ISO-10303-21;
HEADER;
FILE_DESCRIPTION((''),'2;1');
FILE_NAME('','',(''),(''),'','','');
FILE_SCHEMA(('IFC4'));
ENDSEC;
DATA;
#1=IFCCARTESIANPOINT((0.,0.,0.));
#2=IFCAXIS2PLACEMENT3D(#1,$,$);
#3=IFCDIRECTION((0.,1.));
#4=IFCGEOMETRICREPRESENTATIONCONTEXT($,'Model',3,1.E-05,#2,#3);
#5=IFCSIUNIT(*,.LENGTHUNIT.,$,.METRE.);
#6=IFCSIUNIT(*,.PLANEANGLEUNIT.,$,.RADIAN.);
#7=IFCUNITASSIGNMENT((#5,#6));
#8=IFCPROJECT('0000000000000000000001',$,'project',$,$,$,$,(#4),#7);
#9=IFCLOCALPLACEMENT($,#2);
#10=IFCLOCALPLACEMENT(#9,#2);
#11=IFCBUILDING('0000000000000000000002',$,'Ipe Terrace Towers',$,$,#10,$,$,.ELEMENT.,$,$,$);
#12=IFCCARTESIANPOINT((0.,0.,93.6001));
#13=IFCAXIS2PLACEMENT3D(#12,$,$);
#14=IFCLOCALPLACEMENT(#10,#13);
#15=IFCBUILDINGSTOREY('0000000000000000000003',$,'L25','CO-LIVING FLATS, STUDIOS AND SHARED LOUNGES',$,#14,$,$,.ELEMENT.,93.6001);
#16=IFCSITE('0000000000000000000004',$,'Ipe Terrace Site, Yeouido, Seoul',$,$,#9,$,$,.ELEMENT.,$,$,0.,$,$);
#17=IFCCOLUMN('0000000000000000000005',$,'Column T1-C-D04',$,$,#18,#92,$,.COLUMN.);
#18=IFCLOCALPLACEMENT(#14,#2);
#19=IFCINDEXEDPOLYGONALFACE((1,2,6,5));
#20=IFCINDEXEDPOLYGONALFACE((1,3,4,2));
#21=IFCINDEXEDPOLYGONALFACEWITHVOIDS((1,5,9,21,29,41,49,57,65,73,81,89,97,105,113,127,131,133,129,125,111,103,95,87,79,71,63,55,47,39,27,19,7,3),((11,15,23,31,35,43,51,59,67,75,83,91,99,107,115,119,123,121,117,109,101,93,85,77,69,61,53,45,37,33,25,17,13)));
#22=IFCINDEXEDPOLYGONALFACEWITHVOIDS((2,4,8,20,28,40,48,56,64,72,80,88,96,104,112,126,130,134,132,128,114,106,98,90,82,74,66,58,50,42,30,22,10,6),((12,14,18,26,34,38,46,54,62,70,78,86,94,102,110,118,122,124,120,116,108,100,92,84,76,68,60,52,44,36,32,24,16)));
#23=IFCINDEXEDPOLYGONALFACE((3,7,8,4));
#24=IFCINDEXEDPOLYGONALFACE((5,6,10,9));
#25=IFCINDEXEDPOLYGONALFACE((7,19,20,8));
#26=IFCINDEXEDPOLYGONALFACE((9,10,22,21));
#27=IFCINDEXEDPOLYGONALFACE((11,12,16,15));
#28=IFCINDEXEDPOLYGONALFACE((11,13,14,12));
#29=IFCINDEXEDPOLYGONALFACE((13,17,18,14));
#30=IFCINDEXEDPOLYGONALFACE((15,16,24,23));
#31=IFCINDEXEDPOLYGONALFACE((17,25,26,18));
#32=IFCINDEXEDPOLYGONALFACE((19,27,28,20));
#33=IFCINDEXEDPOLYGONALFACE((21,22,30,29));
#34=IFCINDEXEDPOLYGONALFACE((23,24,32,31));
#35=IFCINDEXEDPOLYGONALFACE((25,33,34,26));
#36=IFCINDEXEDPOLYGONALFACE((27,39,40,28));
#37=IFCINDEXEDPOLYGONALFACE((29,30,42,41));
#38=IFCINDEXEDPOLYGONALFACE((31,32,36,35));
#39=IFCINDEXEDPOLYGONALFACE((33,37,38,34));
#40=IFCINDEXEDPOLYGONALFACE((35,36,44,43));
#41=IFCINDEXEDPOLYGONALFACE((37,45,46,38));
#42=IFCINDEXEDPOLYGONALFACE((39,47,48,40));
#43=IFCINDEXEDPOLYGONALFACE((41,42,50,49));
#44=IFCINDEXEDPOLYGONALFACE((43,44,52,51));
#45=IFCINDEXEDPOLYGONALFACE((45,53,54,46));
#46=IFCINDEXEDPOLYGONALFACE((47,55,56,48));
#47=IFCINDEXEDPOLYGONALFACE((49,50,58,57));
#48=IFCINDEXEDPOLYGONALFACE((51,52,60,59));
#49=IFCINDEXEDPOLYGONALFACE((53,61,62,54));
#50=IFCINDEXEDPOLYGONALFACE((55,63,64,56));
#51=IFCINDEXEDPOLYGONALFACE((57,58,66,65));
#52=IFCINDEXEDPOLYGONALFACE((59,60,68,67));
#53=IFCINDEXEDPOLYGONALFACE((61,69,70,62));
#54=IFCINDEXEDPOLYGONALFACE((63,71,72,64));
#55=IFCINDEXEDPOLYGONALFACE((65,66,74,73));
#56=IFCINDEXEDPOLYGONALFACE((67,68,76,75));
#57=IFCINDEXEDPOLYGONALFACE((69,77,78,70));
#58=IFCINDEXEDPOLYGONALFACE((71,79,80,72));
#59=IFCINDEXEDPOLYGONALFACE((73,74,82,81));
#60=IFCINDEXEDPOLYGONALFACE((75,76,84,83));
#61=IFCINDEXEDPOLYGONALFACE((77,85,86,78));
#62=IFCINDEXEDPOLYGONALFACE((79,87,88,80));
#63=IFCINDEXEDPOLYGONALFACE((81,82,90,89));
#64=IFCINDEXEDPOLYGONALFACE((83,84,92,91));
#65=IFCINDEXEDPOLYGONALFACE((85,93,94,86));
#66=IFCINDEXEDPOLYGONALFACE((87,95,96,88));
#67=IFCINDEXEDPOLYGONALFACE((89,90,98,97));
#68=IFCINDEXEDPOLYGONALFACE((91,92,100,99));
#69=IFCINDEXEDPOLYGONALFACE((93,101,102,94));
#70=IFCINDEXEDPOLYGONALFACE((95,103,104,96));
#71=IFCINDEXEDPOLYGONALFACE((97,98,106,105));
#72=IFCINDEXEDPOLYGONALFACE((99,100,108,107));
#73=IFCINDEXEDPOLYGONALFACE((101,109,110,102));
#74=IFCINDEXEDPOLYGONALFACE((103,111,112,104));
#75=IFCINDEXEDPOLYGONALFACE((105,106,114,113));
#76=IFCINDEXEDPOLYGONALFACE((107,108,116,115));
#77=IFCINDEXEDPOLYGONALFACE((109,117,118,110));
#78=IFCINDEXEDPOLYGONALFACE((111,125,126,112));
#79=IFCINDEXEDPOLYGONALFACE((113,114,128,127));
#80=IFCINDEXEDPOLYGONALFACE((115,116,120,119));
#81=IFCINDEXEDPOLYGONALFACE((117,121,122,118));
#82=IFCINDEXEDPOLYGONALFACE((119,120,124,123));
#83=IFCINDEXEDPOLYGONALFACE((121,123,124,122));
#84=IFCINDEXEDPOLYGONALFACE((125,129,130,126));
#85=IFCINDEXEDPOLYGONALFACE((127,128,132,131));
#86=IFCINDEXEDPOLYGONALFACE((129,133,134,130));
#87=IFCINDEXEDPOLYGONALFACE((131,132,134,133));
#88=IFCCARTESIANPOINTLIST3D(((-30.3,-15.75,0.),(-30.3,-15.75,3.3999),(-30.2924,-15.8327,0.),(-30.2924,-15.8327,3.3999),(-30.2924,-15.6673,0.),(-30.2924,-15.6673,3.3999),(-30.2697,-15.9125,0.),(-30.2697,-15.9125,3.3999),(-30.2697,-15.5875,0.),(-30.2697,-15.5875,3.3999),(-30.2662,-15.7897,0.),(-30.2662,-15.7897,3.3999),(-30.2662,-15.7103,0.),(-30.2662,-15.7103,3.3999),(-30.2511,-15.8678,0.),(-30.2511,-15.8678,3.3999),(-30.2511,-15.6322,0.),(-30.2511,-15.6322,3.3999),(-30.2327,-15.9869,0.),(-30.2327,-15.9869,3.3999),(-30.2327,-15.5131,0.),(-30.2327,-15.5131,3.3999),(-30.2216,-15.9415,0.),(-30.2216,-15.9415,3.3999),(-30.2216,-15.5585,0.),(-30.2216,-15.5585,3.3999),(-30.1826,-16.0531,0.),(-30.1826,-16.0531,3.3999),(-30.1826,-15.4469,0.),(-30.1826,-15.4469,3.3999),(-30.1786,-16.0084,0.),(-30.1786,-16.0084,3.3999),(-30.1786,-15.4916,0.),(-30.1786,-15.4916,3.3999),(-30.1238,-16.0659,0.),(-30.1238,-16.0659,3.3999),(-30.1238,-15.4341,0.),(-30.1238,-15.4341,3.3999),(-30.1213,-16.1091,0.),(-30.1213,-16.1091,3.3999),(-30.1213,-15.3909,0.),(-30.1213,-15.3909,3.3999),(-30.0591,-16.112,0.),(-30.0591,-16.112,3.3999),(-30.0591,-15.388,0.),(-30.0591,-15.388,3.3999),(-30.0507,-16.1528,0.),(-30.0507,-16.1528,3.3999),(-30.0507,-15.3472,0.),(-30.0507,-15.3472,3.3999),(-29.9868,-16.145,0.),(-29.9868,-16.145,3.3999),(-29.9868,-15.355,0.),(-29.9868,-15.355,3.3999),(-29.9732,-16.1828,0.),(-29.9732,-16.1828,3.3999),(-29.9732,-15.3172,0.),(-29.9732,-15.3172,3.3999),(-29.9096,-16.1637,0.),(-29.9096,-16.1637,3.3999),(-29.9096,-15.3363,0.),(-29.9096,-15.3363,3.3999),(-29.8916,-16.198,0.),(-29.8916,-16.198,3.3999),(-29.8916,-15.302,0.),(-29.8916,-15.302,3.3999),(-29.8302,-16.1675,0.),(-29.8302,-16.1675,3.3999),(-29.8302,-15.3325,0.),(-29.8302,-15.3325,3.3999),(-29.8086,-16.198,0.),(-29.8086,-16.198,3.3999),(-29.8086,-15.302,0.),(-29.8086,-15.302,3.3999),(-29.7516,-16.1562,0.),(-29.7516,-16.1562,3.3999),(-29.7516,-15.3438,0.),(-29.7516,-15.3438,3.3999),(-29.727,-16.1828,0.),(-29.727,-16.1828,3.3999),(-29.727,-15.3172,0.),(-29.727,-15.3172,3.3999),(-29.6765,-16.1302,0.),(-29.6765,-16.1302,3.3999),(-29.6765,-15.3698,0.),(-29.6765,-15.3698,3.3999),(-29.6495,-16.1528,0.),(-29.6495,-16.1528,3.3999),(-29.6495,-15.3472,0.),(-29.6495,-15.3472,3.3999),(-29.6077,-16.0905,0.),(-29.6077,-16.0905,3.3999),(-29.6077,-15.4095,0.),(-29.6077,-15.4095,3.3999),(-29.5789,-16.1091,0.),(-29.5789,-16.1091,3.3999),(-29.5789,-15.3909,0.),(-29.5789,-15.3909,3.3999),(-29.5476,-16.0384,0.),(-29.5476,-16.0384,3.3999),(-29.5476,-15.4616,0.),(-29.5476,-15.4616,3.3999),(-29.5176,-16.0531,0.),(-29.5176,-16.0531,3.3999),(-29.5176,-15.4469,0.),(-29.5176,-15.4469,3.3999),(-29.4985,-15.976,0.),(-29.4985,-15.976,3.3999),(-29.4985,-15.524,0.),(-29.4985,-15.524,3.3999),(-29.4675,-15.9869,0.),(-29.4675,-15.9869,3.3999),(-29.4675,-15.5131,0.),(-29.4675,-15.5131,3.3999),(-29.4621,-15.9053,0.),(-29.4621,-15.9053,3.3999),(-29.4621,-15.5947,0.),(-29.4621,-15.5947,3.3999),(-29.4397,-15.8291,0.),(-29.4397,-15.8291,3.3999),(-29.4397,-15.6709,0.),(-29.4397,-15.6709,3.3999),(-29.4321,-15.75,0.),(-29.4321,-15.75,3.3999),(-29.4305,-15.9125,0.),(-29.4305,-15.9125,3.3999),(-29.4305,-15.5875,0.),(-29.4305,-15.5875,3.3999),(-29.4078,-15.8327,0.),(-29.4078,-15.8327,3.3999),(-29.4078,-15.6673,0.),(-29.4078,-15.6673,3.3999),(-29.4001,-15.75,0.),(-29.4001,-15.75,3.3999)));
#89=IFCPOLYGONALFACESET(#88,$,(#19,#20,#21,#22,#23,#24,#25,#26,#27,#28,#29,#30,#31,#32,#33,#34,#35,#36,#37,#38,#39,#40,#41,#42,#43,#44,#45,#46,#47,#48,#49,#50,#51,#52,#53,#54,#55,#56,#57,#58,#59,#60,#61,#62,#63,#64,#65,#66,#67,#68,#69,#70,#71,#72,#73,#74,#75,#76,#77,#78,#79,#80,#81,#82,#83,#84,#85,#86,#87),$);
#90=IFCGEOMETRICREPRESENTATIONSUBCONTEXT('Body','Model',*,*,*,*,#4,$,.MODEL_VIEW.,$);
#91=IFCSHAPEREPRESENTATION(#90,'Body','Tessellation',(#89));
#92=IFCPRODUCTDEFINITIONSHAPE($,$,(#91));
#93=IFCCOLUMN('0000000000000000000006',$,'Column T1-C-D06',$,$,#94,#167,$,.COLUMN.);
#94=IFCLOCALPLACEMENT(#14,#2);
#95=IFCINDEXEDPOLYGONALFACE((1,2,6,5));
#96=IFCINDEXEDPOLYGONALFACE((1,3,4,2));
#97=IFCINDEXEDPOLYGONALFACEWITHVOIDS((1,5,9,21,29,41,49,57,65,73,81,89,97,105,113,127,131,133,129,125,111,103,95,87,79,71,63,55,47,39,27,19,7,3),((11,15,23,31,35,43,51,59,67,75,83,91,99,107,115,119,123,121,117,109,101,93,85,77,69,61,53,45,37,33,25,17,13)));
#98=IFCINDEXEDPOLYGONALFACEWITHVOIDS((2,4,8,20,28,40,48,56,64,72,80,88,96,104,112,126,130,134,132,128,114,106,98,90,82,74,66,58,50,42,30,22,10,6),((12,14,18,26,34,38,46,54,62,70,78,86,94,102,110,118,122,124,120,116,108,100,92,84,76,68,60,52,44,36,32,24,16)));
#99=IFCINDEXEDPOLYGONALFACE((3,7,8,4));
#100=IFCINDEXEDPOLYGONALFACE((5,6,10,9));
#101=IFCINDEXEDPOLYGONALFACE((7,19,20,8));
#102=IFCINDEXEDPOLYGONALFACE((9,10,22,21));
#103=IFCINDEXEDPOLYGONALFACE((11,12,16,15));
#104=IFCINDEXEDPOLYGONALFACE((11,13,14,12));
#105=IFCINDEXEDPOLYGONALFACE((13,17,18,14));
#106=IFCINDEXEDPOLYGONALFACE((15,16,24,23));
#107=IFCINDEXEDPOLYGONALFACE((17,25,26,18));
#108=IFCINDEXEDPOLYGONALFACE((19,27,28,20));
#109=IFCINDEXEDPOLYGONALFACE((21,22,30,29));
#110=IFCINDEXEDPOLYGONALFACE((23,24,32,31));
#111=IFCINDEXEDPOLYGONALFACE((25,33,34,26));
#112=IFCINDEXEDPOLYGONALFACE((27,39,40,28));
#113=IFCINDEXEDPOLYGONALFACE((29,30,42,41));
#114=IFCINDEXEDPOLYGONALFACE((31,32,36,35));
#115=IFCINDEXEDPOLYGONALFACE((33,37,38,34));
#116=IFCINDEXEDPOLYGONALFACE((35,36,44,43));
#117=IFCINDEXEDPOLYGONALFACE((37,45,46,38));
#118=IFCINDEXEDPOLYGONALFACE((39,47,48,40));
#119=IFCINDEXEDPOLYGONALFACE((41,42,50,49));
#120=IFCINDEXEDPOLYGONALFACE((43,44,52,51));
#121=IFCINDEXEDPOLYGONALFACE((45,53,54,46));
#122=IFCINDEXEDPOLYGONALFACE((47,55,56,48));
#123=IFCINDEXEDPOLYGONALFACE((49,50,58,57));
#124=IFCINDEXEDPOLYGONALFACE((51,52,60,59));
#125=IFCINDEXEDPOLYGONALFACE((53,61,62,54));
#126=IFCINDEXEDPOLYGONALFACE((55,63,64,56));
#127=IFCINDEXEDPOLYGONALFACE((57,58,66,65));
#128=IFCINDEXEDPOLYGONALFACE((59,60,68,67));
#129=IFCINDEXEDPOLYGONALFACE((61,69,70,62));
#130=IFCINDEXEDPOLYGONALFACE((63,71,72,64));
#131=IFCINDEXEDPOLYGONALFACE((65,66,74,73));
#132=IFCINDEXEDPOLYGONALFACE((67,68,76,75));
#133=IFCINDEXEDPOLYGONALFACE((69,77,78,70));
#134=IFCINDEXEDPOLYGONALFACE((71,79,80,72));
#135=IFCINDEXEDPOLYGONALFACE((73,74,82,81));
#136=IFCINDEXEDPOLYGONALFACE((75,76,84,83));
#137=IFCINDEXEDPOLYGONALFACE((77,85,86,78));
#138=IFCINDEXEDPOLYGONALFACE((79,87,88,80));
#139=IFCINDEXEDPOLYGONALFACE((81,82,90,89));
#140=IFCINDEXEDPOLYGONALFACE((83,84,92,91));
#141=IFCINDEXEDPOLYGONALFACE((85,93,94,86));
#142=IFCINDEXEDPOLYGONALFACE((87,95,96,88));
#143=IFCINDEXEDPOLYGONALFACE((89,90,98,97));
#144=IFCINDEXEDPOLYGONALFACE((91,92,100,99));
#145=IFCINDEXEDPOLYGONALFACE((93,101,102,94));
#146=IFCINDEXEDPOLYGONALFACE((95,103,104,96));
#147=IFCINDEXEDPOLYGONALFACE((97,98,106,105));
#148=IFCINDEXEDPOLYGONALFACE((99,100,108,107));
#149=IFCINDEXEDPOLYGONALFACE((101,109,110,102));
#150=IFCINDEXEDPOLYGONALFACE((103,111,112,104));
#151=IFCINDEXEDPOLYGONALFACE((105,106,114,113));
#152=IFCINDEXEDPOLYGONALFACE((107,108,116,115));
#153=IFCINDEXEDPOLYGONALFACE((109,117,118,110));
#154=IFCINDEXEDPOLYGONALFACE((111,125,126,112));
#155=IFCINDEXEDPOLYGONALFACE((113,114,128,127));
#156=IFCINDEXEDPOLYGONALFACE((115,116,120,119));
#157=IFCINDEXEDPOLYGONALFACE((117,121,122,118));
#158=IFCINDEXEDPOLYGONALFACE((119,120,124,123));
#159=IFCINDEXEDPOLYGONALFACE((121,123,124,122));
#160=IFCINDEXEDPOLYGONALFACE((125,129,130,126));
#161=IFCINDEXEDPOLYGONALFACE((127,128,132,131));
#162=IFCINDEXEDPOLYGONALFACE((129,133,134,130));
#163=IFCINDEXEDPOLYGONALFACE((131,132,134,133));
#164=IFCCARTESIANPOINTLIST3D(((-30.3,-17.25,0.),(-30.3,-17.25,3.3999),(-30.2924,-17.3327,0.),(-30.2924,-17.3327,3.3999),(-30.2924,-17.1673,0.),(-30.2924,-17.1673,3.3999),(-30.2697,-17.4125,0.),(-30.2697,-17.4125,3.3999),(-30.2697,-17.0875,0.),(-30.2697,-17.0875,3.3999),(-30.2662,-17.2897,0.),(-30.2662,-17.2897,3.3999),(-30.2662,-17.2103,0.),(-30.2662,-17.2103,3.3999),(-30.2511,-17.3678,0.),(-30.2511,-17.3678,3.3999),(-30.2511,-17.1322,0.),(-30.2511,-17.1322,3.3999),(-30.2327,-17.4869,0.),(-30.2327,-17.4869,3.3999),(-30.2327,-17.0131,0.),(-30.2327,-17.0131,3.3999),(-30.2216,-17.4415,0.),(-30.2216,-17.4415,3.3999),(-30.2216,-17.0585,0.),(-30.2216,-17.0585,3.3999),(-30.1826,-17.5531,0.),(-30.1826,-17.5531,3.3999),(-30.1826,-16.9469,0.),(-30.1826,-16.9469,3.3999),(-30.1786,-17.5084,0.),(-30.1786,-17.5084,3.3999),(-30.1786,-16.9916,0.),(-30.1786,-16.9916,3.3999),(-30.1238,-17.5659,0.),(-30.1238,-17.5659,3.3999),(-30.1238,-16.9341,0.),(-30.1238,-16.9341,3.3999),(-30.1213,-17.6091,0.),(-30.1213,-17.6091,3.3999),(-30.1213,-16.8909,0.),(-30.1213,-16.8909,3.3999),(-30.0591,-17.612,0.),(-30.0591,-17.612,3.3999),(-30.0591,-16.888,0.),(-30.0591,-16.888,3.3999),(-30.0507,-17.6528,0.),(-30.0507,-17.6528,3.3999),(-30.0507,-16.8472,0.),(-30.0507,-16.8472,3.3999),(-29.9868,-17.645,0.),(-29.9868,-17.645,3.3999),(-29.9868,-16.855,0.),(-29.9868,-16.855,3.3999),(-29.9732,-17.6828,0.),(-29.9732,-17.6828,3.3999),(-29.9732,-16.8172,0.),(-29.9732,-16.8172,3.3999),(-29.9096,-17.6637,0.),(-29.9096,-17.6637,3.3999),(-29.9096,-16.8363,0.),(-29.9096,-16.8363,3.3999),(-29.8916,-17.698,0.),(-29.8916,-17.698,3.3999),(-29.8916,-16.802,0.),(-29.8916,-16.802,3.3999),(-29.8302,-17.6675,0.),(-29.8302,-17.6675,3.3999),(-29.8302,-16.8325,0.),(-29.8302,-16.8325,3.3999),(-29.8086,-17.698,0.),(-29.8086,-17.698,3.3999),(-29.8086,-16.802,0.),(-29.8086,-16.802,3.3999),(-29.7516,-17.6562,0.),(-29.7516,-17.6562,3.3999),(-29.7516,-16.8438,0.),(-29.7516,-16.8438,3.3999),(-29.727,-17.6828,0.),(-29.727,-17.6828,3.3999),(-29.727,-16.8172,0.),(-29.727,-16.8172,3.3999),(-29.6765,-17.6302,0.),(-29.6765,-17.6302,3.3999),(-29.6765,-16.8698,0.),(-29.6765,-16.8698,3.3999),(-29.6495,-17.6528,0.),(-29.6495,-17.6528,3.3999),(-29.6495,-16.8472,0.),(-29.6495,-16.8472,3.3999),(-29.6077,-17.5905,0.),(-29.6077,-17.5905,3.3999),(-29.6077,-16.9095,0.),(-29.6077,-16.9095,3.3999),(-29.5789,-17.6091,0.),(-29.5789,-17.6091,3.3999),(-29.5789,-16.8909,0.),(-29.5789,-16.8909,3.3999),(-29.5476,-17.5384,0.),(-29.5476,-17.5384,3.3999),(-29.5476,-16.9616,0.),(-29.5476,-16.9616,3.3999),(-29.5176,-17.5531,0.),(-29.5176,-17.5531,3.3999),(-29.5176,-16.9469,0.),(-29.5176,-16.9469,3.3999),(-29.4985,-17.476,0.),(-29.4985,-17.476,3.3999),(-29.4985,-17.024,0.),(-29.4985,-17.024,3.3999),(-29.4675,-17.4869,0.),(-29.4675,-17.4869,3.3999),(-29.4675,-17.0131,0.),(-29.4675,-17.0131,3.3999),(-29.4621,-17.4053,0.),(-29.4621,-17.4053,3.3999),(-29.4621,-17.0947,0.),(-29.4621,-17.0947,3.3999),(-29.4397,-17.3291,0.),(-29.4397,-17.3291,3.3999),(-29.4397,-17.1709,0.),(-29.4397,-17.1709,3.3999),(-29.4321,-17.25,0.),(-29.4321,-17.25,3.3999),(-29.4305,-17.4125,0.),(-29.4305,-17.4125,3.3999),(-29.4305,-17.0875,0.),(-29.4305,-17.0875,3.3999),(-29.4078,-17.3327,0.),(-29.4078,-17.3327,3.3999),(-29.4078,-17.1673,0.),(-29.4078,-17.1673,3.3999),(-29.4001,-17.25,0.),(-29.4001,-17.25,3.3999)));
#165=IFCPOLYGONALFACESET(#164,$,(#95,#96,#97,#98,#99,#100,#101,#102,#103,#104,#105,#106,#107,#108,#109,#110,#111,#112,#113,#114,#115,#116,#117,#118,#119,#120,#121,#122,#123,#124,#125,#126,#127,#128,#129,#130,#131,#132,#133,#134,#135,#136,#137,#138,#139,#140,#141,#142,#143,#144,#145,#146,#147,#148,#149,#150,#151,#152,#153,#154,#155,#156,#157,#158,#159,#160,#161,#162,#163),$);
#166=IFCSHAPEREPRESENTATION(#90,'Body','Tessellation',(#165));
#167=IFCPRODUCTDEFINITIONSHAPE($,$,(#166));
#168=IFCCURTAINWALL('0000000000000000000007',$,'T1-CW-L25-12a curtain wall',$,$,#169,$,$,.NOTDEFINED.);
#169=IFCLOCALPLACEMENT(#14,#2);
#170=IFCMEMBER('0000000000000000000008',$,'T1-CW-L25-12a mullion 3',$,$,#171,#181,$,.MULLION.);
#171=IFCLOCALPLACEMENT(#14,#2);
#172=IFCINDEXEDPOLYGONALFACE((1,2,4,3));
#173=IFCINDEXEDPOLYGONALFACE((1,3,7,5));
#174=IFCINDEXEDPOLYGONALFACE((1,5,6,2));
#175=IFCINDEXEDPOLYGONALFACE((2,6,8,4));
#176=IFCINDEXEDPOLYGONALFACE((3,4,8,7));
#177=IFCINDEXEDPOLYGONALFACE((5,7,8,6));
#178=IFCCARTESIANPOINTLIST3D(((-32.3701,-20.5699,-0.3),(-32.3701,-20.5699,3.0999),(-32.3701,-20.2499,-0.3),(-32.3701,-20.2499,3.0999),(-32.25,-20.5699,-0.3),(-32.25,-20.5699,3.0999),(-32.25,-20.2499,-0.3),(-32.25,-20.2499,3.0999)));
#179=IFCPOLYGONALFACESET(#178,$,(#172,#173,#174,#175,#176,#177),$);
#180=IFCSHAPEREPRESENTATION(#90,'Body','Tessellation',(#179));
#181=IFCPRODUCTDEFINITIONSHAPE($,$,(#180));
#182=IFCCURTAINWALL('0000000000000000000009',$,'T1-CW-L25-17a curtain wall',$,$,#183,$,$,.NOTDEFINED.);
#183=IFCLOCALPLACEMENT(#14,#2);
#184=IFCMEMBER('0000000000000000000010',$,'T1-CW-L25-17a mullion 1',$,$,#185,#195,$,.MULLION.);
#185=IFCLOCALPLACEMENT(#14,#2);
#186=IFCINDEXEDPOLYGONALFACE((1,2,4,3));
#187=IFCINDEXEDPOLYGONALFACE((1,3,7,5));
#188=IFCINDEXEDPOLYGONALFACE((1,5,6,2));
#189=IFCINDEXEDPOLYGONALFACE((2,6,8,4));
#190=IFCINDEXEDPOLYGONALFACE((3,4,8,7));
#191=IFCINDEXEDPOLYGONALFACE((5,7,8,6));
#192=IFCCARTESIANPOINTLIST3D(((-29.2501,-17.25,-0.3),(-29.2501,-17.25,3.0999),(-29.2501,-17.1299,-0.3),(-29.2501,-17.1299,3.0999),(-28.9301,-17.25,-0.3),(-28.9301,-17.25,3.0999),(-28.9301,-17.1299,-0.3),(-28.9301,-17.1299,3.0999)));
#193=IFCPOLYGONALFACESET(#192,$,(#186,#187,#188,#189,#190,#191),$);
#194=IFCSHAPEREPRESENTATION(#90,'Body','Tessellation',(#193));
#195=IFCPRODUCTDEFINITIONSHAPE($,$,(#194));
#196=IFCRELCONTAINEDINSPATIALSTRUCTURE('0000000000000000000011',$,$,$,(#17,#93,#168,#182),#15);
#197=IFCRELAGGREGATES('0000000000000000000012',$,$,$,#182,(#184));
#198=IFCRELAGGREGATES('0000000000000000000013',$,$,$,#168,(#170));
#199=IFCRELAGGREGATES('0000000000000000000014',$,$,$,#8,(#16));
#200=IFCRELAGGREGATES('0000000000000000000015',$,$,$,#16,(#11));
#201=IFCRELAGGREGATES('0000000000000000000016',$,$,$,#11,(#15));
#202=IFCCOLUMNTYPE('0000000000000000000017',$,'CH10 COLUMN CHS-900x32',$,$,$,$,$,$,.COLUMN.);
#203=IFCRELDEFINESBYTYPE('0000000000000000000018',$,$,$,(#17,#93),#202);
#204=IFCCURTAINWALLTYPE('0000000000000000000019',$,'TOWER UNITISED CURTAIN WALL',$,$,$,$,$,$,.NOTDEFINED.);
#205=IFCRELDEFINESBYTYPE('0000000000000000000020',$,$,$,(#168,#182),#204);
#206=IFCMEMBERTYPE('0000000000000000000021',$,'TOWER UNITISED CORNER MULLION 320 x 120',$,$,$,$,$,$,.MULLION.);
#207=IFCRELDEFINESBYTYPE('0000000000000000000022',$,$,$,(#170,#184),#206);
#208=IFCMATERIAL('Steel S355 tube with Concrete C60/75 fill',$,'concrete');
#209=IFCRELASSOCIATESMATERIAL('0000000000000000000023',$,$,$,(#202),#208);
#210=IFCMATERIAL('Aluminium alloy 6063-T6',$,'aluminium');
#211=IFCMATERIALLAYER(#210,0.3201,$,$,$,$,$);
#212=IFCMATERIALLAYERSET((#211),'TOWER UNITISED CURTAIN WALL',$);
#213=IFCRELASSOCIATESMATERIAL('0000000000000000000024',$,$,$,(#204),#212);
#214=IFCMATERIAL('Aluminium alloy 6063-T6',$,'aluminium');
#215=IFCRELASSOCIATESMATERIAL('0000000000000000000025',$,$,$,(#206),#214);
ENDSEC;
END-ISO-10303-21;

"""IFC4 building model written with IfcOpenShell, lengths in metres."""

from ifc_helpers import new_model, si_unit, direction, frame, origin, origin_2d, place, context, subcontext, project, spatial, rectangle, hollow_circle, extrude, material, layer, layer_set, material_profile, profile_set, type_object, element, aggregate, save


model = new_model("IFC4")

# Units and contexts
model_context = context("Model", 3, precision=1e-05, world=origin(), true_north=direction((0.0, 1.0)))
body_context = subcontext(model_context, "Body", "Model", "MODEL_VIEW")
ifc_project = project(units=[si_unit("LENGTHUNIT", "METRE"), si_unit("PLANEANGLEUNIT", "RADIAN")], contexts=[model_context])

# Site, building, storey
site_placement = place(None, origin())
site = spatial("IfcSite", under=ifc_project, at=site_placement, Name="Ipe Terrace Site, Yeouido, Seoul", CompositionType="ELEMENT", RefElevation=0.0)
building_placement = place(site_placement, origin())
building = spatial("IfcBuilding", under=site, at=building_placement, Name="Ipe Terrace Towers", CompositionType="ELEMENT")
storey_placement = place(building_placement, frame((0.0, 0.0, 93.6001)))
storey = spatial("IfcBuildingStorey", under=building, at=storey_placement, Name="L25", Description="CO-LIVING FLATS, STUDIOS AND SHARED LOUNGES", CompositionType="ELEMENT", Elevation=93.6001)

# Columns
ifc_material_1 = material(Name="Steel S355 tube with Concrete C60/75 fill", Category="concrete")
ifc_material_profile_1 = material_profile(ifc_material_1, hollow_circle(Radius=0.45, WallThickness=0.032, at=origin_2d()), Name="CHS-900x32")
ifc_profile_set_1 = profile_set([ifc_material_profile_1], Name="Steel S355 tube with Concrete C60/75 fill")
column_type = type_object("IfcColumnType", Name="CH10 COLUMN CHS-900x32", PredefinedType="COLUMN", material=ifc_profile_set_1)
for number, where, z_axis, x_axis, name in (
    (1, (-29.8501, -15.75, 0.0), (0.0, 0.0, 1.0), (1.0, 0.0, 0.0), "Column T1-C-D04"),
    (2, (-29.8501, -17.25, 0.0), (0.0, 0.0, 1.0), (1.0, 0.0, 0.0), "Column T1-C-D06"),
):
    element("IfcColumn", number, at=place(storey_placement, frame(where, z_axis=z_axis, x_axis=x_axis)), inside=storey, type_object=column_type, Name=name, PredefinedType="COLUMN", context=body_context, shape_type="SweptSolid", body=[
        extrude(hollow_circle(Radius=0.45, WallThickness=0.032, at=origin_2d()), origin(), (0.0, 0.0, 1.0), 3.3999),
    ])

# Curtain walls, members
ifc_material_2 = material(Name="Aluminium alloy 6063-T6", Category="aluminium")
ifc_layer_1 = layer(ifc_material_2, 0.3201)
ifc_layer_set_1 = layer_set([ifc_layer_1], Name="TOWER UNITISED CURTAIN WALL")
curtain_wall_type = type_object("IfcCurtainWallType", Name="TOWER UNITISED CURTAIN WALL", PredefinedType="NOTDEFINED", material=ifc_layer_set_1)
curtain_wall_1_placement = place(storey_placement, origin())
curtain_wall_1 = element("IfcCurtainWall", 3, at=curtain_wall_1_placement, inside=storey, type_object=curtain_wall_type, Name="T1-CW-L25-12a curtain wall", PredefinedType="NOTDEFINED")
ifc_material_3 = material(Name="Aluminium alloy 6063-T6", Category="aluminium")
ifc_material_profile_2 = material_profile(ifc_material_3, rectangle(XDim=0.3201, YDim=0.1201, at=origin_2d()), Name="TOWER UNITISED CORNER MULLION 320 x 120")
ifc_profile_set_2 = profile_set([ifc_material_profile_2], Name="Aluminium alloy 6063-T6")
member_type_1 = type_object("IfcMemberType", Name="TOWER UNITISED CORNER MULLION 320 x 120", PredefinedType="MULLION", material=ifc_profile_set_2)
member_1_placement = place(storey_placement, frame((-32.3101, -20.4099, -0.3), z_axis=(0.0, 0.0, 1.0), x_axis=(0.0, -1.0, 0.0)))
member_1 = element("IfcMember", 4, at=member_1_placement, type_object=member_type_1, Name="T1-CW-L25-12a mullion 3", PredefinedType="MULLION", context=body_context, shape_type="SweptSolid", body=[
    extrude(rectangle(XDim=0.3201, YDim=0.1201, at=origin_2d()), origin(), (0.0, 0.0, 1.0), 3.3999),
])
curtain_wall_2_placement = place(storey_placement, origin())
curtain_wall_2 = element("IfcCurtainWall", 5, at=curtain_wall_2_placement, inside=storey, type_object=curtain_wall_type, Name="T1-CW-L25-17a curtain wall", PredefinedType="NOTDEFINED")
member_2_placement = place(storey_placement, frame((-29.0901, -17.1899, -0.3), z_axis=(0.0, 0.0, 1.0), x_axis=(1.0, 0.0, 0.0)))
member_2 = element("IfcMember", 6, at=member_2_placement, type_object=member_type_1, Name="T1-CW-L25-17a mullion 1", PredefinedType="MULLION", context=body_context, shape_type="SweptSolid", body=[
    extrude(rectangle(XDim=0.3201, YDim=0.1201, at=origin_2d()), origin(), (0.0, 0.0, 1.0), 3.3999),
])
aggregate(curtain_wall_2, [member_2])

aggregate(curtain_wall_1, [member_1])

save(model, "model.ifc")
